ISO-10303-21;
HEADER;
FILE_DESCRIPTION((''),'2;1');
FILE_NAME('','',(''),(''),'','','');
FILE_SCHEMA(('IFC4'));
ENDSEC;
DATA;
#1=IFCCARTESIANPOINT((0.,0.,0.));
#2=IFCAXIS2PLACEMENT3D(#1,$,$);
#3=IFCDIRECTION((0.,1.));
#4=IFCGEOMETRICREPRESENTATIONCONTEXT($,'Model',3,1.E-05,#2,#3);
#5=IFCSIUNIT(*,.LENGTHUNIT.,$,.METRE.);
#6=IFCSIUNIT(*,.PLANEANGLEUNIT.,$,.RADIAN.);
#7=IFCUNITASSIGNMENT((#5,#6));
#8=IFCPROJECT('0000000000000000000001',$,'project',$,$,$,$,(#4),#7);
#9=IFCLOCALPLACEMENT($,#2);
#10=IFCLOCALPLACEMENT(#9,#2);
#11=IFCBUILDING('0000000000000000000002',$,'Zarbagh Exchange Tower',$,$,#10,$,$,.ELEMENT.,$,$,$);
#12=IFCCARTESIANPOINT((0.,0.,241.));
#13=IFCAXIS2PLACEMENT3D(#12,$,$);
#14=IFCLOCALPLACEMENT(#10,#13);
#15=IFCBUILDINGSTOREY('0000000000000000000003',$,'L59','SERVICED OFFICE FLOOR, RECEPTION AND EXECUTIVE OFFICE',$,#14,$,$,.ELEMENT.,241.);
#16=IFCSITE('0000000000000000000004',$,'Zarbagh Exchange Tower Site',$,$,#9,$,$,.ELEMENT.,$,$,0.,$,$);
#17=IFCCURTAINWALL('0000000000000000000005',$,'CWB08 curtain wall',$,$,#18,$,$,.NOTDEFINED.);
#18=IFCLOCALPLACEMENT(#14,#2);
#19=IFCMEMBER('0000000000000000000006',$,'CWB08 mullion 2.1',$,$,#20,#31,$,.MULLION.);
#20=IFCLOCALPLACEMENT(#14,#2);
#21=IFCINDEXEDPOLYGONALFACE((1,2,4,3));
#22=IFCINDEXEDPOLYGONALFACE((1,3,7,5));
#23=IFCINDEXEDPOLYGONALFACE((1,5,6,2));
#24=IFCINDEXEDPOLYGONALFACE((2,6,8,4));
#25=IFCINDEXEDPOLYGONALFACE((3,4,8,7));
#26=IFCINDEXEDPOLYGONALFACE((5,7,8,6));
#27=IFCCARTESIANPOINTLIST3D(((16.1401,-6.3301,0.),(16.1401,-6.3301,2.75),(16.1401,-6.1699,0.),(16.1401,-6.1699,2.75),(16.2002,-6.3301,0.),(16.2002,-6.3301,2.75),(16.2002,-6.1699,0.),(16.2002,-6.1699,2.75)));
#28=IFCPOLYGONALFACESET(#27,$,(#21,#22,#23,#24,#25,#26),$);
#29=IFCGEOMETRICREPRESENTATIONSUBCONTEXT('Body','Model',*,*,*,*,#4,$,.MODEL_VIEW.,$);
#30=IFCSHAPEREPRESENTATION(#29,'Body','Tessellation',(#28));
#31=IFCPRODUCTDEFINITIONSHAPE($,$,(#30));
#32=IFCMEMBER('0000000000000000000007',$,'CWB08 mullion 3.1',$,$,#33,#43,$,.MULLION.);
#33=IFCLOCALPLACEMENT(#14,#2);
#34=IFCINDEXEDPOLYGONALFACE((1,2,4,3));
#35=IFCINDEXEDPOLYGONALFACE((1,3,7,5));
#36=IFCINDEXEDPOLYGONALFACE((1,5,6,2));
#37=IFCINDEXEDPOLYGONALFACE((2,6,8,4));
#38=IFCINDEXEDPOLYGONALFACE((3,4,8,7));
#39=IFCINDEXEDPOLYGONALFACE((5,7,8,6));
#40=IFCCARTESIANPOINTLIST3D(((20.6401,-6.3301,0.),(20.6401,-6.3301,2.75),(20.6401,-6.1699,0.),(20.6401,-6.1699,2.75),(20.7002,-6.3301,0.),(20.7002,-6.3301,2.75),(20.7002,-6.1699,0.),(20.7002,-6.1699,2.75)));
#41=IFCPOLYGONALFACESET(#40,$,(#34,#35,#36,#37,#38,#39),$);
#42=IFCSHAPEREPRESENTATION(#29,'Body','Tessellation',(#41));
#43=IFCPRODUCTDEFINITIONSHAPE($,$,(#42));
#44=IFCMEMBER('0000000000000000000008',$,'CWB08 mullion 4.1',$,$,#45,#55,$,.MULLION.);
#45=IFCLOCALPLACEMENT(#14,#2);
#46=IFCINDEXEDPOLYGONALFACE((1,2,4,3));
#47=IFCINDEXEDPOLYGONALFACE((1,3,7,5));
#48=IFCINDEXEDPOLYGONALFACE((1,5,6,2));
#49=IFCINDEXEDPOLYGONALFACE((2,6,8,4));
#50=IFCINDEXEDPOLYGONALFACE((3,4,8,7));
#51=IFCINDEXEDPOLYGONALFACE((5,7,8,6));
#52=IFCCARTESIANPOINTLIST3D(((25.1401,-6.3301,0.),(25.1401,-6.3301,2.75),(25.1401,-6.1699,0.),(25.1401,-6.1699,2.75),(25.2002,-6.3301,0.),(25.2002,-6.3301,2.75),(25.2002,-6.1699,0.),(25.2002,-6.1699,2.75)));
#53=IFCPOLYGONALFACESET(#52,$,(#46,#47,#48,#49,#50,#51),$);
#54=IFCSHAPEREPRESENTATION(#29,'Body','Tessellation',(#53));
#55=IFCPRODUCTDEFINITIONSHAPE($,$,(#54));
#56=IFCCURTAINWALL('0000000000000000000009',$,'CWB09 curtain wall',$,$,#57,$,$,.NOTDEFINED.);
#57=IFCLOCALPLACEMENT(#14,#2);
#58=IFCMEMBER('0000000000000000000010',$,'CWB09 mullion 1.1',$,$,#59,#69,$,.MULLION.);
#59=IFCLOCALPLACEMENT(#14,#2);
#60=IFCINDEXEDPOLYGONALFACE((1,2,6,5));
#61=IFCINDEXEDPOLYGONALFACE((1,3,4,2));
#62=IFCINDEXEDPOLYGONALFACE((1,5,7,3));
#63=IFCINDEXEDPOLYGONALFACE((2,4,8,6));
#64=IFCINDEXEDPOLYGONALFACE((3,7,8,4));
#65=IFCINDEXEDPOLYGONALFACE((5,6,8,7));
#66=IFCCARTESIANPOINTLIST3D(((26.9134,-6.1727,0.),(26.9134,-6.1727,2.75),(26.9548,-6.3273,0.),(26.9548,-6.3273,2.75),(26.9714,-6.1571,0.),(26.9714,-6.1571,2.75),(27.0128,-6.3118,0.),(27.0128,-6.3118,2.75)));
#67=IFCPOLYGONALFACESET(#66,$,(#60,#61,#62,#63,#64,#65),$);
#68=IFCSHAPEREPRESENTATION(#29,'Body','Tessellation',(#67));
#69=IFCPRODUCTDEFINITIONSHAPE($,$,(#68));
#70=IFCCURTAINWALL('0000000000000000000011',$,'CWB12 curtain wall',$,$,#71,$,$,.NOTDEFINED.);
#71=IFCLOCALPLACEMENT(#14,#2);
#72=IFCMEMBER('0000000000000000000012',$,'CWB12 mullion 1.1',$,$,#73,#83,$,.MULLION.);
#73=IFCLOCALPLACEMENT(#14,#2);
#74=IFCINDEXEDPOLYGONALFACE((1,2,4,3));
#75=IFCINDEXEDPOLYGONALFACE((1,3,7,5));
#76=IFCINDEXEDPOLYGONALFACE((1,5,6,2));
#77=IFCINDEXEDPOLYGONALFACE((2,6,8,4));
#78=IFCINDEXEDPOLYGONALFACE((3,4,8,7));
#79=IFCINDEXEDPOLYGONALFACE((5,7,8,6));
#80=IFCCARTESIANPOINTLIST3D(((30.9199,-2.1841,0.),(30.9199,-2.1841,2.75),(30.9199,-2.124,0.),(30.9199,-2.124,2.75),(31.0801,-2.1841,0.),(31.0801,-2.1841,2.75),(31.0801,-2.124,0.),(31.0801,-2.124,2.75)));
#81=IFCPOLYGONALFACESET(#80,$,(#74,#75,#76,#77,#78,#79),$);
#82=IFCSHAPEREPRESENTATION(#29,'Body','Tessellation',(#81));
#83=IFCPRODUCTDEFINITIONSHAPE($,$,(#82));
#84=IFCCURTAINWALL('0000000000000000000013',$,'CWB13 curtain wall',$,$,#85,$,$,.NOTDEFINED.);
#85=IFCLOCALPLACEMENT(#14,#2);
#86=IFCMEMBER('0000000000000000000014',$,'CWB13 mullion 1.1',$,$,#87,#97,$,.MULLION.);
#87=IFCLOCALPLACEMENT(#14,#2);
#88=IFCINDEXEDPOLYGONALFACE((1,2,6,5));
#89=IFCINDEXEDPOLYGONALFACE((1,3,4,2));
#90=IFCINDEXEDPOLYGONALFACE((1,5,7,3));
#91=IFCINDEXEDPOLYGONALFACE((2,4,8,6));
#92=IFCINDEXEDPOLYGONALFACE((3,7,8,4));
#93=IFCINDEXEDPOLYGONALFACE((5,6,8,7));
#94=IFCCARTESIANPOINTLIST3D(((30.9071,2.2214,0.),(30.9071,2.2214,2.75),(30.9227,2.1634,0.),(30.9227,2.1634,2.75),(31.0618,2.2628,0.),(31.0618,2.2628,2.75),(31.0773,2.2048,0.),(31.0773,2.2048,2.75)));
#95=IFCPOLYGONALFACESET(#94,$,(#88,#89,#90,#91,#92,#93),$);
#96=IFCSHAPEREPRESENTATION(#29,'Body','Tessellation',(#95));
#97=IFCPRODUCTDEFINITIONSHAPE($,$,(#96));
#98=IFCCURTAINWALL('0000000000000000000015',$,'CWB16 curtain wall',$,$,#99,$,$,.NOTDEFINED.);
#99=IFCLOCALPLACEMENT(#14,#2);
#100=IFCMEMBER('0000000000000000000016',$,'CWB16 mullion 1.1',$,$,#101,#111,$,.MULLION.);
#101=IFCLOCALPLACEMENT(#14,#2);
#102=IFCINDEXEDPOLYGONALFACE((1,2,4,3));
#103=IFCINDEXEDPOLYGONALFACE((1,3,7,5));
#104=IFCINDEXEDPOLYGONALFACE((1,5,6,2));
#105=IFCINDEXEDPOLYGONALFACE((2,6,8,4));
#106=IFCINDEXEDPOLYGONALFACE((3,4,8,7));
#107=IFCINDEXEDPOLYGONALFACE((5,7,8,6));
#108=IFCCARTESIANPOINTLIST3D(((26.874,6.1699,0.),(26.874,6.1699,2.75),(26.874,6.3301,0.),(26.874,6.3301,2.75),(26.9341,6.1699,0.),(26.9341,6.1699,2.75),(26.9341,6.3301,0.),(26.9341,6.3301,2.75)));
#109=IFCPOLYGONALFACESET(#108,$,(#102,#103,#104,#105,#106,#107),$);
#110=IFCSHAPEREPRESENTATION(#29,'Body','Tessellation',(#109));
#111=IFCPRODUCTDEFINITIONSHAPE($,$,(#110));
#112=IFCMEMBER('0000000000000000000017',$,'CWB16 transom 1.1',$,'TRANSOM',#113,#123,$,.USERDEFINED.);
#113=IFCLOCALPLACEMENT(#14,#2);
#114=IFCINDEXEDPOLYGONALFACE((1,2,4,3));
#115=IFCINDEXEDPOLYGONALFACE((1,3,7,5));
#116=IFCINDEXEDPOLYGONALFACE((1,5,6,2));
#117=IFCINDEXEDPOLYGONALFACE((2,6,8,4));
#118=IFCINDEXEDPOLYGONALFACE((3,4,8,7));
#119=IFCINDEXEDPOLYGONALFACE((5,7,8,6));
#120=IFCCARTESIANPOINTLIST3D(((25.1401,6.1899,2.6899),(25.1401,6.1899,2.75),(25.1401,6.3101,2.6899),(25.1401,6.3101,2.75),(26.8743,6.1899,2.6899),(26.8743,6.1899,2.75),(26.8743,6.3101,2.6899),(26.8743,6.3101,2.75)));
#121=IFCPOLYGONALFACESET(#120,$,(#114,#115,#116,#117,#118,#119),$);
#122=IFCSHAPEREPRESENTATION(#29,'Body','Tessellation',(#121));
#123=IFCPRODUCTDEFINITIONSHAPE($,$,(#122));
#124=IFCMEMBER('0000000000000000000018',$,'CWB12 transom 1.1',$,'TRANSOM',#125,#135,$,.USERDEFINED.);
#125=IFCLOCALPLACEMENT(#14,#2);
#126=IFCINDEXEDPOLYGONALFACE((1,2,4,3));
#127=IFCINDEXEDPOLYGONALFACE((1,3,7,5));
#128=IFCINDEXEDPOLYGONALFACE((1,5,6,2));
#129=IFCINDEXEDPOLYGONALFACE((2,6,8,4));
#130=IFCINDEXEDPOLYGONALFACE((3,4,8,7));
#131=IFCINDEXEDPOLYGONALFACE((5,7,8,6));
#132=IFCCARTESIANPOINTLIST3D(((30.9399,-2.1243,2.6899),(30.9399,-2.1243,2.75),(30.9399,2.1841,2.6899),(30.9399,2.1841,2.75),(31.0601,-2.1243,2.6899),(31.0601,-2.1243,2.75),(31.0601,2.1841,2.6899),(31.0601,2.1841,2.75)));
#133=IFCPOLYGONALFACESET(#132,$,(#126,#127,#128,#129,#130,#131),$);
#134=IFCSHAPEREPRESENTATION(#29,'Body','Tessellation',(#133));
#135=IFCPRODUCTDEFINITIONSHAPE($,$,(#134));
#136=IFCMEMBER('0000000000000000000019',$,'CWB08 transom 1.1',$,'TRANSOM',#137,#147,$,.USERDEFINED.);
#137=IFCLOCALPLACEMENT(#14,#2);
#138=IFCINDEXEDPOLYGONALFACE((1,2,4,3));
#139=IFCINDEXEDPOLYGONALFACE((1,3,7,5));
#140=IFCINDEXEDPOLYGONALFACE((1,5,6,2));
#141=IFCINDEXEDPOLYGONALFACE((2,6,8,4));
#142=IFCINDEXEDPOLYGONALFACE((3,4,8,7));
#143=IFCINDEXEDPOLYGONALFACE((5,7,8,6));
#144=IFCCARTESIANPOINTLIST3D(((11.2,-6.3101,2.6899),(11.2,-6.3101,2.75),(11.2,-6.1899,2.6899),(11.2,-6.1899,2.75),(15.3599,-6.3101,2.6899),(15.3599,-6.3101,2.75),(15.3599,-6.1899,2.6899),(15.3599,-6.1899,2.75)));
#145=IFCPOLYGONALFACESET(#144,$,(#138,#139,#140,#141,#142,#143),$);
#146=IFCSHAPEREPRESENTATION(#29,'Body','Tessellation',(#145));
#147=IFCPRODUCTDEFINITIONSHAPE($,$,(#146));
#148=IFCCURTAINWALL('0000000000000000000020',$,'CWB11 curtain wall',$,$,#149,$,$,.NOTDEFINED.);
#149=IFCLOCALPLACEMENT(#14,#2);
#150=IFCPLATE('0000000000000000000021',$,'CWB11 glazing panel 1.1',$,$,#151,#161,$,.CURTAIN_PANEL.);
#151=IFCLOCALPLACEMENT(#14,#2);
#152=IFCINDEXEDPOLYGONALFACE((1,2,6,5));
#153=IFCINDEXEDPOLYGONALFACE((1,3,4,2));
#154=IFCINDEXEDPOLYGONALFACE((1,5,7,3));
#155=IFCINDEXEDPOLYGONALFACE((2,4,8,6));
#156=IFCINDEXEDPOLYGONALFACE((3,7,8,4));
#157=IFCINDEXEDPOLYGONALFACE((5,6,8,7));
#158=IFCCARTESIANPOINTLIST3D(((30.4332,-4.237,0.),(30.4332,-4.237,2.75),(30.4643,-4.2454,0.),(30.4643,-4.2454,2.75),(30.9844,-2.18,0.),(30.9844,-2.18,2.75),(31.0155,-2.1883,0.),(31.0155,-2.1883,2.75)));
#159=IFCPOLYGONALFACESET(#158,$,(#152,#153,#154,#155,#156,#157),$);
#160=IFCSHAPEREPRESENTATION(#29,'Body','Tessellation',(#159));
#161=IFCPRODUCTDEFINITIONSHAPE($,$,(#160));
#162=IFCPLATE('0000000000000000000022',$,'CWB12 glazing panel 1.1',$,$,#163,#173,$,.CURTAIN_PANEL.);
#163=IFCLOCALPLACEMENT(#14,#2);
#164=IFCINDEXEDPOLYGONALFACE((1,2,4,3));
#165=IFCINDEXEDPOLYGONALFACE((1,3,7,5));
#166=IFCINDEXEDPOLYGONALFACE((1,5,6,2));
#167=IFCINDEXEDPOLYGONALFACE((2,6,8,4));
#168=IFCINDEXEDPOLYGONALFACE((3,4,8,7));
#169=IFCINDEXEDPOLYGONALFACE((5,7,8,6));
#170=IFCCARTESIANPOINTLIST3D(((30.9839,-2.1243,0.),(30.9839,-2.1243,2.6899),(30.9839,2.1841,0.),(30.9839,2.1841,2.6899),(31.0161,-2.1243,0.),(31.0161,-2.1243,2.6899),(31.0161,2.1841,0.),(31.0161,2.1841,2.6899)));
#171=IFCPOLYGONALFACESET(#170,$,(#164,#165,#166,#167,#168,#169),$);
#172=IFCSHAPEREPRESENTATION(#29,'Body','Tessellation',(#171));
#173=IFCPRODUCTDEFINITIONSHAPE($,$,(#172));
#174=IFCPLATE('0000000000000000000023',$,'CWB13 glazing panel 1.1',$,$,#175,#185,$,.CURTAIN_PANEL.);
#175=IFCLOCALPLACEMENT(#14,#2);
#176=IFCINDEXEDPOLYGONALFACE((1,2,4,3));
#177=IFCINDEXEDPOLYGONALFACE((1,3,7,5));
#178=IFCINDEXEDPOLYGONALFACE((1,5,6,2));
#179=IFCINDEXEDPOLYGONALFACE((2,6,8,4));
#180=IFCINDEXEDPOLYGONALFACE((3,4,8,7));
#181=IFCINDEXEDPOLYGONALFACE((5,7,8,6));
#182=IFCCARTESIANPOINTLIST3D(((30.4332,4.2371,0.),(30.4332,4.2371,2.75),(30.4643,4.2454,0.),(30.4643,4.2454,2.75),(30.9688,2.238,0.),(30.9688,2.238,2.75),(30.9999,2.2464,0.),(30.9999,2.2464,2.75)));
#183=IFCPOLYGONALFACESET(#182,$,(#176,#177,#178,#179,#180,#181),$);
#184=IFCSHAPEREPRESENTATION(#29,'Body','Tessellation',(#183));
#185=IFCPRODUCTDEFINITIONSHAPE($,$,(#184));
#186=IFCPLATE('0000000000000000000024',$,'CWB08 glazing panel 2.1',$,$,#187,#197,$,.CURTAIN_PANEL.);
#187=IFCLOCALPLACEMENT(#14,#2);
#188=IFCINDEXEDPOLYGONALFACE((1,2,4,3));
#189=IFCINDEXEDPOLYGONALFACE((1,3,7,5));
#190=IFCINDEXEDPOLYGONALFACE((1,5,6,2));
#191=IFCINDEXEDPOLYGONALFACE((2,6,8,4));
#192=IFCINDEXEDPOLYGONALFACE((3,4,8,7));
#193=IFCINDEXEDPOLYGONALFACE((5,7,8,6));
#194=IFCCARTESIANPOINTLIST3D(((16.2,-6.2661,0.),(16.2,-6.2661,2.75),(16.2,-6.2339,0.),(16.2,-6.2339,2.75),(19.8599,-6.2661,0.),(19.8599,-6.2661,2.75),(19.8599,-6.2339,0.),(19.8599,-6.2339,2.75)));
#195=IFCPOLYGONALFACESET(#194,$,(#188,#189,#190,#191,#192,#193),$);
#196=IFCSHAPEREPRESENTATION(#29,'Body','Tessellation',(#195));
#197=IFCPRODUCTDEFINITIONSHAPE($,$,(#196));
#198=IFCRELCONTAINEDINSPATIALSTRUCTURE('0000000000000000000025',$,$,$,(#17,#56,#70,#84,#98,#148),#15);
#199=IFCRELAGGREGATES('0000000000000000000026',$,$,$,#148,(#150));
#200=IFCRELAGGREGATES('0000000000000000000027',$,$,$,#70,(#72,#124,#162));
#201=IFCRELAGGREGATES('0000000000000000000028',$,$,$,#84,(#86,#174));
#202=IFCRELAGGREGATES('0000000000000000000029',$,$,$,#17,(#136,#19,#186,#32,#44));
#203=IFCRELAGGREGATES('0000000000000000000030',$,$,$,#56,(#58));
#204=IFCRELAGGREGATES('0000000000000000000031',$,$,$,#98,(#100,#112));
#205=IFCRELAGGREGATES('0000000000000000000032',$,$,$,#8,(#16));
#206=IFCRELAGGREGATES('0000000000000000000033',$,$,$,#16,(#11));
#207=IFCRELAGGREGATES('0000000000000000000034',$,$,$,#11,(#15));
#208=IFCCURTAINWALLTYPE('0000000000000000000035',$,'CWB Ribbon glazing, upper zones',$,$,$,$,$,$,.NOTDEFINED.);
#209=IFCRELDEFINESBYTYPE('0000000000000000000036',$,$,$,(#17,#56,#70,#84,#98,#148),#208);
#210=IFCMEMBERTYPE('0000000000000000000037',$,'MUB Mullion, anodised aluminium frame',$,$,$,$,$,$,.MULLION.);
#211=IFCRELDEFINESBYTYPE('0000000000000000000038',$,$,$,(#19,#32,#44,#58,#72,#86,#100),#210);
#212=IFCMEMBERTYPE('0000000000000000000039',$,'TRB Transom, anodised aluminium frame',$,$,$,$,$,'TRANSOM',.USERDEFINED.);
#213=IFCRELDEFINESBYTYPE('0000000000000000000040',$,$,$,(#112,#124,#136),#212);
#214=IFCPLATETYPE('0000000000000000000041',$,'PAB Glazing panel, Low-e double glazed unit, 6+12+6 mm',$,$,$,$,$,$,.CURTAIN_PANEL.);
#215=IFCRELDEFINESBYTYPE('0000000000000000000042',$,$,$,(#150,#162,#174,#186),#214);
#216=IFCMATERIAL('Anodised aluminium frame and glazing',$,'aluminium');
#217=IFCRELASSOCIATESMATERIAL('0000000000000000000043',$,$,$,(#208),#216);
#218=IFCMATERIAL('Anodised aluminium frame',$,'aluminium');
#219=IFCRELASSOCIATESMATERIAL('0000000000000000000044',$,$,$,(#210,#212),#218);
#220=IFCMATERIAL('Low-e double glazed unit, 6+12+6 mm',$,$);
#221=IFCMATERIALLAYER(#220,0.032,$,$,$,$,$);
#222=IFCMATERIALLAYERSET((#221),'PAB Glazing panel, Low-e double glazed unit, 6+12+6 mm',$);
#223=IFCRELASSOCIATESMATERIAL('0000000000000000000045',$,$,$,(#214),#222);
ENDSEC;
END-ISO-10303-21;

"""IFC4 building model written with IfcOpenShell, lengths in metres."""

from ifc_helpers import new_model, si_unit, direction, frame, origin, place, context, subcontext, project, spatial, polyline, outline, extrude, source, transform, mapped, material, layer, layer_set, type_object, element, aggregate, save


model = new_model("IFC4")

# Units and contexts
model_context = context("Model", 3, precision=1e-05, world=origin(), true_north=direction((0.0, 1.0)))
body_context = subcontext(model_context, "Body", "Model", "MODEL_VIEW")
ifc_project = project(units=[si_unit("LENGTHUNIT", "METRE"), si_unit("PLANEANGLEUNIT", "RADIAN")], contexts=[model_context])

# Site, building, storey
site_placement = place(None, origin())
site = spatial("IfcSite", under=ifc_project, at=site_placement, Name="Zarbagh Exchange Tower Site", CompositionType="ELEMENT", RefElevation=0.0)
building_placement = place(site_placement, origin())
building = spatial("IfcBuilding", under=site, at=building_placement, Name="Zarbagh Exchange Tower", CompositionType="ELEMENT")
storey_placement = place(building_placement, frame((0.0, 0.0, 241.0)))
storey = spatial("IfcBuildingStorey", under=building, at=storey_placement, Name="L59", Description="SERVICED OFFICE FLOOR, RECEPTION AND EXECUTIVE OFFICE", CompositionType="ELEMENT", Elevation=241.0)

# Curtain wall, members
ifc_material_1 = material(Name="Anodised aluminium frame and glazing", Category="aluminium")
curtain_wall_type = type_object("IfcCurtainWallType", Name="CWB Ribbon glazing, upper zones", PredefinedType="NOTDEFINED", material=ifc_material_1)
curtain_wall_1_placement = place(storey_placement, origin())
curtain_wall_1 = element("IfcCurtainWall", 1, at=curtain_wall_1_placement, inside=storey, type_object=curtain_wall_type, Name="CWB08 curtain wall", PredefinedType="NOTDEFINED")
ifc_material_2 = material(Name="Anodised aluminium frame", Category="aluminium")
member_type_1 = type_object("IfcMemberType", Name="MUB Mullion, anodised aluminium frame", PredefinedType="MULLION", material=ifc_material_2)
shared_shape_1 = source(origin(), body_context, "Body", "SweptSolid", [
    extrude(outline(polyline([(0.0, -0.0801), (0.0601, -0.0801), (0.0601, 0.0801), (0.0, 0.0801), (0.0, -0.0801)])), origin(), (0.0, 0.0, 1.0), 2.75),
])
placement = place(storey_placement, origin())
member_1 = element("IfcMember", 2, at=placement, type_object=member_type_1, Name="CWB08 mullion 2.1", PredefinedType="MULLION", context=body_context, shape_type="MappedRepresentation", body=[
    mapped(shared_shape_1, transform((16.1401, -6.25, 0.0), x_axis=(1.0, 0.0, 0.0), y_axis=(0.0, 1.0, 0.0), z_axis=(0.0, 0.0, 1.0))),
])
member_2 = element("IfcMember", 3, at=placement, type_object=member_type_1, Name="CWB08 mullion 3.1", PredefinedType="MULLION", context=body_context, shape_type="MappedRepresentation", body=[
    mapped(shared_shape_1, transform((20.6401, -6.25, 0.0), x_axis=(1.0, 0.0, 0.0), y_axis=(0.0, 1.0, 0.0), z_axis=(0.0, 0.0, 1.0))),
])
member_3 = element("IfcMember", 4, at=placement, type_object=member_type_1, Name="CWB08 mullion 4.1", PredefinedType="MULLION", context=body_context, shape_type="MappedRepresentation", body=[
    mapped(shared_shape_1, transform((25.1401, -6.25, 0.0), x_axis=(1.0, 0.0, 0.0), y_axis=(0.0, 1.0, 0.0), z_axis=(0.0, 0.0, 1.0))),
])

# Curtain walls, members
curtain_wall_2_placement = place(storey_placement, origin())
curtain_wall_2 = element("IfcCurtainWall", 5, at=curtain_wall_2_placement, inside=storey, type_object=curtain_wall_type, Name="CWB09 curtain wall", PredefinedType="NOTDEFINED")
member_4 = element("IfcMember", 6, at=placement, type_object=member_type_1, Name="CWB09 mullion 1.1", PredefinedType="MULLION", context=body_context, shape_type="MappedRepresentation", body=[
    mapped(shared_shape_1, transform((26.9341, -6.25, 0.0), x_axis=(0.965924, 0.258825, 0.0), y_axis=(-0.258825, 0.965924, 0.0), z_axis=(0.0, 0.0, 1.0))),
])
curtain_wall_3_placement = place(storey_placement, origin())
curtain_wall_3 = element("IfcCurtainWall", 7, at=curtain_wall_3_placement, inside=storey, type_object=curtain_wall_type, Name="CWB12 curtain wall", PredefinedType="NOTDEFINED")
member_5 = element("IfcMember", 8, at=placement, type_object=member_type_1, Name="CWB12 mullion 1.1", PredefinedType="MULLION", context=body_context, shape_type="MappedRepresentation", body=[
    mapped(shared_shape_1, transform((31.0, -2.1841, 0.0), x_axis=(0.0, 1.0, 0.0), y_axis=(-1.0, 0.0, 0.0), z_axis=(0.0, 0.0, 1.0))),
])
curtain_wall_4_placement = place(storey_placement, origin())
curtain_wall_4 = element("IfcCurtainWall", 9, at=curtain_wall_4_placement, inside=storey, type_object=curtain_wall_type, Name="CWB13 curtain wall", PredefinedType="NOTDEFINED")
member_6 = element("IfcMember", 10, at=placement, type_object=member_type_1, Name="CWB13 mullion 1.1", PredefinedType="MULLION", context=body_context, shape_type="MappedRepresentation", body=[
    mapped(shared_shape_1, transform((31.0, 2.1841, 0.0), x_axis=(-0.258825, 0.965924, 0.0), y_axis=(-0.965924, -0.258825, 0.0), z_axis=(0.0, 0.0, 1.0))),
])

# Curtain wall, members
curtain_wall_5_placement = place(storey_placement, origin())
curtain_wall_5 = element("IfcCurtainWall", 11, at=curtain_wall_5_placement, inside=storey, type_object=curtain_wall_type, Name="CWB16 curtain wall", PredefinedType="NOTDEFINED")
member_7 = element("IfcMember", 12, at=placement, type_object=member_type_1, Name="CWB16 mullion 1.1", PredefinedType="MULLION", context=body_context, shape_type="MappedRepresentation", body=[
    mapped(shared_shape_1, transform((26.9341, 6.25, 0.0), x_axis=(-1.0, 0.0, 0.0), y_axis=(0.0, -1.0, 0.0), z_axis=(0.0, 0.0, 1.0))),
])
member_type_2 = type_object("IfcMemberType", Name="TRB Transom, anodised aluminium frame", ElementType="TRANSOM", PredefinedType="USERDEFINED", material=ifc_material_2)
shared_shape_2 = source(origin(), body_context, "Body", "SweptSolid", [
    extrude(outline(polyline([(-0.0601, -0.0601), (0.0, -0.0601), (0.0, 0.0601), (-0.0601, 0.0601), (-0.0601, -0.0601)])), origin(), (0.0, 0.0, 1.0), 1.7341),
])
member_8 = element("IfcMember", 13, at=placement, type_object=member_type_2, Name="CWB16 transom 1.1", ObjectType="TRANSOM", PredefinedType="USERDEFINED", context=body_context, shape_type="MappedRepresentation", body=[
    mapped(shared_shape_2, transform((26.8743, 6.25, 2.75), x_axis=(0.0, 0.0, 1.0), y_axis=(0.0, 1.0, 0.0), z_axis=(-1.0, 0.0, 0.0))),
])

# Members
shared_shape_3 = source(origin(), body_context, "Body", "SweptSolid", [
    extrude(outline(polyline([(-0.0601, -0.0601), (0.0, -0.0601), (0.0, 0.0601), (-0.0601, 0.0601), (-0.0601, -0.0601)])), origin(), (0.0, 0.0, 1.0), 4.3083),
])
member_9 = element("IfcMember", 14, at=placement, type_object=member_type_2, Name="CWB12 transom 1.1", ObjectType="TRANSOM", PredefinedType="USERDEFINED", context=body_context, shape_type="MappedRepresentation", body=[
    mapped(shared_shape_3, transform((31.0, -2.1243, 2.75), x_axis=(0.0, 0.0, 1.0), y_axis=(1.0, 0.0, 0.0), z_axis=(0.0, 1.0, 0.0))),
])
shared_shape_4 = source(origin(), body_context, "Body", "SweptSolid", [
    extrude(outline(polyline([(-0.0601, -0.0601), (0.0, -0.0601), (0.0, 0.0601), (-0.0601, 0.0601), (-0.0601, -0.0601)])), origin(), (0.0, 0.0, 1.0), 4.1599),
])
member_10 = element("IfcMember", 15, at=placement, type_object=member_type_2, Name="CWB08 transom 1.1", ObjectType="TRANSOM", PredefinedType="USERDEFINED", context=body_context, shape_type="MappedRepresentation", body=[
    mapped(shared_shape_4, transform((11.2, -6.25, 2.75), x_axis=(0.0, 0.0, 1.0), y_axis=(0.0, -1.0, 0.0), z_axis=(1.0, 0.0, 0.0))),
])

# Curtain wall, plate
curtain_wall_6_placement = place(storey_placement, origin())
curtain_wall_6 = element("IfcCurtainWall", 16, at=curtain_wall_6_placement, inside=storey, type_object=curtain_wall_type, Name="CWB11 curtain wall", PredefinedType="NOTDEFINED")
ifc_material_3 = material(Name="Low-e double glazed unit, 6+12+6 mm")
ifc_layer = layer(ifc_material_3, 0.032)
ifc_layer_set = layer_set([ifc_layer], Name="PAB Glazing panel, Low-e double glazed unit, 6+12+6 mm")
plate_type = type_object("IfcPlateType", Name="PAB Glazing panel, Low-e double glazed unit, 6+12+6 mm", PredefinedType="CURTAIN_PANEL", material=ifc_layer_set)
shared_shape_5 = source(origin(), body_context, "Body", "SweptSolid", [
    extrude(outline(polyline([(0.0, -0.0161), (2.1296, -0.0161), (2.1296, 0.0161), (0.0, 0.0161), (0.0, -0.0161)])), origin(), (0.0, 0.0, 1.0), 2.75),
])
plate_1 = element("IfcPlate", 17, at=placement, type_object=plate_type, Name="CWB11 glazing panel 1.1", PredefinedType="CURTAIN_PANEL", context=body_context, shape_type="MappedRepresentation", body=[
    mapped(shared_shape_5, transform((30.4487, -4.2412, 0.0), x_axis=(0.258825, 0.965924, 0.0), y_axis=(-0.965924, 0.258825, 0.0), z_axis=(0.0, 0.0, 1.0))),
])
aggregate(curtain_wall_6, [plate_1])

# Plates
shared_shape_6 = source(origin(), body_context, "Body", "SweptSolid", [
    extrude(outline(polyline([(0.0, -0.0161), (4.3083, -0.0161), (4.3083, 0.0161), (0.0, 0.0161), (0.0, -0.0161)])), origin(), (0.0, 0.0, 1.0), 2.6899),
])
plate_2 = element("IfcPlate", 18, at=placement, type_object=plate_type, Name="CWB12 glazing panel 1.1", PredefinedType="CURTAIN_PANEL", context=body_context, shape_type="MappedRepresentation", body=[
    mapped(shared_shape_6, transform((31.0, -2.1243, 0.0), x_axis=(0.0, 1.0, 0.0), y_axis=(-1.0, 0.0, 0.0), z_axis=(0.0, 0.0, 1.0))),
])
aggregate(curtain_wall_3, [member_5, member_9, plate_2])
shared_shape_7 = source(origin(), body_context, "Body", "SweptSolid", [
    extrude(outline(polyline([(0.0, -0.0161), (2.0696, -0.0161), (2.0696, 0.0161), (0.0, 0.0161), (0.0, -0.0161)])), origin(), (0.0, 0.0, 1.0), 2.75),
])
plate_3 = element("IfcPlate", 19, at=placement, type_object=plate_type, Name="CWB13 glazing panel 1.1", PredefinedType="CURTAIN_PANEL", context=body_context, shape_type="MappedRepresentation", body=[
    mapped(shared_shape_7, transform((30.9844, 2.2422, 0.0), x_axis=(-0.258825, 0.965924, 0.0), y_axis=(-0.965924, -0.258825, 0.0), z_axis=(0.0, 0.0, 1.0))),
])
aggregate(curtain_wall_4, [member_6, plate_3])
shared_shape_8 = source(origin(), body_context, "Body", "SweptSolid", [
    extrude(outline(polyline([(0.0, -0.0161), (3.6599, -0.0161), (3.6599, 0.0161), (0.0, 0.0161), (0.0, -0.0161)])), origin(), (0.0, 0.0, 1.0), 2.75),
])
plate_4 = element("IfcPlate", 20, at=placement, type_object=plate_type, Name="CWB08 glazing panel 2.1", PredefinedType="CURTAIN_PANEL", context=body_context, shape_type="MappedRepresentation", body=[
    mapped(shared_shape_8, transform((16.2, -6.25, 0.0), x_axis=(1.0, 0.0, 0.0), y_axis=(0.0, 1.0, 0.0), z_axis=(0.0, 0.0, 1.0))),
])
aggregate(curtain_wall_1, [member_10, member_1, plate_4, member_2, member_3])
aggregate(curtain_wall_2, [member_4])

aggregate(curtain_wall_5, [member_7, member_8])

save(model, "model.ifc")
